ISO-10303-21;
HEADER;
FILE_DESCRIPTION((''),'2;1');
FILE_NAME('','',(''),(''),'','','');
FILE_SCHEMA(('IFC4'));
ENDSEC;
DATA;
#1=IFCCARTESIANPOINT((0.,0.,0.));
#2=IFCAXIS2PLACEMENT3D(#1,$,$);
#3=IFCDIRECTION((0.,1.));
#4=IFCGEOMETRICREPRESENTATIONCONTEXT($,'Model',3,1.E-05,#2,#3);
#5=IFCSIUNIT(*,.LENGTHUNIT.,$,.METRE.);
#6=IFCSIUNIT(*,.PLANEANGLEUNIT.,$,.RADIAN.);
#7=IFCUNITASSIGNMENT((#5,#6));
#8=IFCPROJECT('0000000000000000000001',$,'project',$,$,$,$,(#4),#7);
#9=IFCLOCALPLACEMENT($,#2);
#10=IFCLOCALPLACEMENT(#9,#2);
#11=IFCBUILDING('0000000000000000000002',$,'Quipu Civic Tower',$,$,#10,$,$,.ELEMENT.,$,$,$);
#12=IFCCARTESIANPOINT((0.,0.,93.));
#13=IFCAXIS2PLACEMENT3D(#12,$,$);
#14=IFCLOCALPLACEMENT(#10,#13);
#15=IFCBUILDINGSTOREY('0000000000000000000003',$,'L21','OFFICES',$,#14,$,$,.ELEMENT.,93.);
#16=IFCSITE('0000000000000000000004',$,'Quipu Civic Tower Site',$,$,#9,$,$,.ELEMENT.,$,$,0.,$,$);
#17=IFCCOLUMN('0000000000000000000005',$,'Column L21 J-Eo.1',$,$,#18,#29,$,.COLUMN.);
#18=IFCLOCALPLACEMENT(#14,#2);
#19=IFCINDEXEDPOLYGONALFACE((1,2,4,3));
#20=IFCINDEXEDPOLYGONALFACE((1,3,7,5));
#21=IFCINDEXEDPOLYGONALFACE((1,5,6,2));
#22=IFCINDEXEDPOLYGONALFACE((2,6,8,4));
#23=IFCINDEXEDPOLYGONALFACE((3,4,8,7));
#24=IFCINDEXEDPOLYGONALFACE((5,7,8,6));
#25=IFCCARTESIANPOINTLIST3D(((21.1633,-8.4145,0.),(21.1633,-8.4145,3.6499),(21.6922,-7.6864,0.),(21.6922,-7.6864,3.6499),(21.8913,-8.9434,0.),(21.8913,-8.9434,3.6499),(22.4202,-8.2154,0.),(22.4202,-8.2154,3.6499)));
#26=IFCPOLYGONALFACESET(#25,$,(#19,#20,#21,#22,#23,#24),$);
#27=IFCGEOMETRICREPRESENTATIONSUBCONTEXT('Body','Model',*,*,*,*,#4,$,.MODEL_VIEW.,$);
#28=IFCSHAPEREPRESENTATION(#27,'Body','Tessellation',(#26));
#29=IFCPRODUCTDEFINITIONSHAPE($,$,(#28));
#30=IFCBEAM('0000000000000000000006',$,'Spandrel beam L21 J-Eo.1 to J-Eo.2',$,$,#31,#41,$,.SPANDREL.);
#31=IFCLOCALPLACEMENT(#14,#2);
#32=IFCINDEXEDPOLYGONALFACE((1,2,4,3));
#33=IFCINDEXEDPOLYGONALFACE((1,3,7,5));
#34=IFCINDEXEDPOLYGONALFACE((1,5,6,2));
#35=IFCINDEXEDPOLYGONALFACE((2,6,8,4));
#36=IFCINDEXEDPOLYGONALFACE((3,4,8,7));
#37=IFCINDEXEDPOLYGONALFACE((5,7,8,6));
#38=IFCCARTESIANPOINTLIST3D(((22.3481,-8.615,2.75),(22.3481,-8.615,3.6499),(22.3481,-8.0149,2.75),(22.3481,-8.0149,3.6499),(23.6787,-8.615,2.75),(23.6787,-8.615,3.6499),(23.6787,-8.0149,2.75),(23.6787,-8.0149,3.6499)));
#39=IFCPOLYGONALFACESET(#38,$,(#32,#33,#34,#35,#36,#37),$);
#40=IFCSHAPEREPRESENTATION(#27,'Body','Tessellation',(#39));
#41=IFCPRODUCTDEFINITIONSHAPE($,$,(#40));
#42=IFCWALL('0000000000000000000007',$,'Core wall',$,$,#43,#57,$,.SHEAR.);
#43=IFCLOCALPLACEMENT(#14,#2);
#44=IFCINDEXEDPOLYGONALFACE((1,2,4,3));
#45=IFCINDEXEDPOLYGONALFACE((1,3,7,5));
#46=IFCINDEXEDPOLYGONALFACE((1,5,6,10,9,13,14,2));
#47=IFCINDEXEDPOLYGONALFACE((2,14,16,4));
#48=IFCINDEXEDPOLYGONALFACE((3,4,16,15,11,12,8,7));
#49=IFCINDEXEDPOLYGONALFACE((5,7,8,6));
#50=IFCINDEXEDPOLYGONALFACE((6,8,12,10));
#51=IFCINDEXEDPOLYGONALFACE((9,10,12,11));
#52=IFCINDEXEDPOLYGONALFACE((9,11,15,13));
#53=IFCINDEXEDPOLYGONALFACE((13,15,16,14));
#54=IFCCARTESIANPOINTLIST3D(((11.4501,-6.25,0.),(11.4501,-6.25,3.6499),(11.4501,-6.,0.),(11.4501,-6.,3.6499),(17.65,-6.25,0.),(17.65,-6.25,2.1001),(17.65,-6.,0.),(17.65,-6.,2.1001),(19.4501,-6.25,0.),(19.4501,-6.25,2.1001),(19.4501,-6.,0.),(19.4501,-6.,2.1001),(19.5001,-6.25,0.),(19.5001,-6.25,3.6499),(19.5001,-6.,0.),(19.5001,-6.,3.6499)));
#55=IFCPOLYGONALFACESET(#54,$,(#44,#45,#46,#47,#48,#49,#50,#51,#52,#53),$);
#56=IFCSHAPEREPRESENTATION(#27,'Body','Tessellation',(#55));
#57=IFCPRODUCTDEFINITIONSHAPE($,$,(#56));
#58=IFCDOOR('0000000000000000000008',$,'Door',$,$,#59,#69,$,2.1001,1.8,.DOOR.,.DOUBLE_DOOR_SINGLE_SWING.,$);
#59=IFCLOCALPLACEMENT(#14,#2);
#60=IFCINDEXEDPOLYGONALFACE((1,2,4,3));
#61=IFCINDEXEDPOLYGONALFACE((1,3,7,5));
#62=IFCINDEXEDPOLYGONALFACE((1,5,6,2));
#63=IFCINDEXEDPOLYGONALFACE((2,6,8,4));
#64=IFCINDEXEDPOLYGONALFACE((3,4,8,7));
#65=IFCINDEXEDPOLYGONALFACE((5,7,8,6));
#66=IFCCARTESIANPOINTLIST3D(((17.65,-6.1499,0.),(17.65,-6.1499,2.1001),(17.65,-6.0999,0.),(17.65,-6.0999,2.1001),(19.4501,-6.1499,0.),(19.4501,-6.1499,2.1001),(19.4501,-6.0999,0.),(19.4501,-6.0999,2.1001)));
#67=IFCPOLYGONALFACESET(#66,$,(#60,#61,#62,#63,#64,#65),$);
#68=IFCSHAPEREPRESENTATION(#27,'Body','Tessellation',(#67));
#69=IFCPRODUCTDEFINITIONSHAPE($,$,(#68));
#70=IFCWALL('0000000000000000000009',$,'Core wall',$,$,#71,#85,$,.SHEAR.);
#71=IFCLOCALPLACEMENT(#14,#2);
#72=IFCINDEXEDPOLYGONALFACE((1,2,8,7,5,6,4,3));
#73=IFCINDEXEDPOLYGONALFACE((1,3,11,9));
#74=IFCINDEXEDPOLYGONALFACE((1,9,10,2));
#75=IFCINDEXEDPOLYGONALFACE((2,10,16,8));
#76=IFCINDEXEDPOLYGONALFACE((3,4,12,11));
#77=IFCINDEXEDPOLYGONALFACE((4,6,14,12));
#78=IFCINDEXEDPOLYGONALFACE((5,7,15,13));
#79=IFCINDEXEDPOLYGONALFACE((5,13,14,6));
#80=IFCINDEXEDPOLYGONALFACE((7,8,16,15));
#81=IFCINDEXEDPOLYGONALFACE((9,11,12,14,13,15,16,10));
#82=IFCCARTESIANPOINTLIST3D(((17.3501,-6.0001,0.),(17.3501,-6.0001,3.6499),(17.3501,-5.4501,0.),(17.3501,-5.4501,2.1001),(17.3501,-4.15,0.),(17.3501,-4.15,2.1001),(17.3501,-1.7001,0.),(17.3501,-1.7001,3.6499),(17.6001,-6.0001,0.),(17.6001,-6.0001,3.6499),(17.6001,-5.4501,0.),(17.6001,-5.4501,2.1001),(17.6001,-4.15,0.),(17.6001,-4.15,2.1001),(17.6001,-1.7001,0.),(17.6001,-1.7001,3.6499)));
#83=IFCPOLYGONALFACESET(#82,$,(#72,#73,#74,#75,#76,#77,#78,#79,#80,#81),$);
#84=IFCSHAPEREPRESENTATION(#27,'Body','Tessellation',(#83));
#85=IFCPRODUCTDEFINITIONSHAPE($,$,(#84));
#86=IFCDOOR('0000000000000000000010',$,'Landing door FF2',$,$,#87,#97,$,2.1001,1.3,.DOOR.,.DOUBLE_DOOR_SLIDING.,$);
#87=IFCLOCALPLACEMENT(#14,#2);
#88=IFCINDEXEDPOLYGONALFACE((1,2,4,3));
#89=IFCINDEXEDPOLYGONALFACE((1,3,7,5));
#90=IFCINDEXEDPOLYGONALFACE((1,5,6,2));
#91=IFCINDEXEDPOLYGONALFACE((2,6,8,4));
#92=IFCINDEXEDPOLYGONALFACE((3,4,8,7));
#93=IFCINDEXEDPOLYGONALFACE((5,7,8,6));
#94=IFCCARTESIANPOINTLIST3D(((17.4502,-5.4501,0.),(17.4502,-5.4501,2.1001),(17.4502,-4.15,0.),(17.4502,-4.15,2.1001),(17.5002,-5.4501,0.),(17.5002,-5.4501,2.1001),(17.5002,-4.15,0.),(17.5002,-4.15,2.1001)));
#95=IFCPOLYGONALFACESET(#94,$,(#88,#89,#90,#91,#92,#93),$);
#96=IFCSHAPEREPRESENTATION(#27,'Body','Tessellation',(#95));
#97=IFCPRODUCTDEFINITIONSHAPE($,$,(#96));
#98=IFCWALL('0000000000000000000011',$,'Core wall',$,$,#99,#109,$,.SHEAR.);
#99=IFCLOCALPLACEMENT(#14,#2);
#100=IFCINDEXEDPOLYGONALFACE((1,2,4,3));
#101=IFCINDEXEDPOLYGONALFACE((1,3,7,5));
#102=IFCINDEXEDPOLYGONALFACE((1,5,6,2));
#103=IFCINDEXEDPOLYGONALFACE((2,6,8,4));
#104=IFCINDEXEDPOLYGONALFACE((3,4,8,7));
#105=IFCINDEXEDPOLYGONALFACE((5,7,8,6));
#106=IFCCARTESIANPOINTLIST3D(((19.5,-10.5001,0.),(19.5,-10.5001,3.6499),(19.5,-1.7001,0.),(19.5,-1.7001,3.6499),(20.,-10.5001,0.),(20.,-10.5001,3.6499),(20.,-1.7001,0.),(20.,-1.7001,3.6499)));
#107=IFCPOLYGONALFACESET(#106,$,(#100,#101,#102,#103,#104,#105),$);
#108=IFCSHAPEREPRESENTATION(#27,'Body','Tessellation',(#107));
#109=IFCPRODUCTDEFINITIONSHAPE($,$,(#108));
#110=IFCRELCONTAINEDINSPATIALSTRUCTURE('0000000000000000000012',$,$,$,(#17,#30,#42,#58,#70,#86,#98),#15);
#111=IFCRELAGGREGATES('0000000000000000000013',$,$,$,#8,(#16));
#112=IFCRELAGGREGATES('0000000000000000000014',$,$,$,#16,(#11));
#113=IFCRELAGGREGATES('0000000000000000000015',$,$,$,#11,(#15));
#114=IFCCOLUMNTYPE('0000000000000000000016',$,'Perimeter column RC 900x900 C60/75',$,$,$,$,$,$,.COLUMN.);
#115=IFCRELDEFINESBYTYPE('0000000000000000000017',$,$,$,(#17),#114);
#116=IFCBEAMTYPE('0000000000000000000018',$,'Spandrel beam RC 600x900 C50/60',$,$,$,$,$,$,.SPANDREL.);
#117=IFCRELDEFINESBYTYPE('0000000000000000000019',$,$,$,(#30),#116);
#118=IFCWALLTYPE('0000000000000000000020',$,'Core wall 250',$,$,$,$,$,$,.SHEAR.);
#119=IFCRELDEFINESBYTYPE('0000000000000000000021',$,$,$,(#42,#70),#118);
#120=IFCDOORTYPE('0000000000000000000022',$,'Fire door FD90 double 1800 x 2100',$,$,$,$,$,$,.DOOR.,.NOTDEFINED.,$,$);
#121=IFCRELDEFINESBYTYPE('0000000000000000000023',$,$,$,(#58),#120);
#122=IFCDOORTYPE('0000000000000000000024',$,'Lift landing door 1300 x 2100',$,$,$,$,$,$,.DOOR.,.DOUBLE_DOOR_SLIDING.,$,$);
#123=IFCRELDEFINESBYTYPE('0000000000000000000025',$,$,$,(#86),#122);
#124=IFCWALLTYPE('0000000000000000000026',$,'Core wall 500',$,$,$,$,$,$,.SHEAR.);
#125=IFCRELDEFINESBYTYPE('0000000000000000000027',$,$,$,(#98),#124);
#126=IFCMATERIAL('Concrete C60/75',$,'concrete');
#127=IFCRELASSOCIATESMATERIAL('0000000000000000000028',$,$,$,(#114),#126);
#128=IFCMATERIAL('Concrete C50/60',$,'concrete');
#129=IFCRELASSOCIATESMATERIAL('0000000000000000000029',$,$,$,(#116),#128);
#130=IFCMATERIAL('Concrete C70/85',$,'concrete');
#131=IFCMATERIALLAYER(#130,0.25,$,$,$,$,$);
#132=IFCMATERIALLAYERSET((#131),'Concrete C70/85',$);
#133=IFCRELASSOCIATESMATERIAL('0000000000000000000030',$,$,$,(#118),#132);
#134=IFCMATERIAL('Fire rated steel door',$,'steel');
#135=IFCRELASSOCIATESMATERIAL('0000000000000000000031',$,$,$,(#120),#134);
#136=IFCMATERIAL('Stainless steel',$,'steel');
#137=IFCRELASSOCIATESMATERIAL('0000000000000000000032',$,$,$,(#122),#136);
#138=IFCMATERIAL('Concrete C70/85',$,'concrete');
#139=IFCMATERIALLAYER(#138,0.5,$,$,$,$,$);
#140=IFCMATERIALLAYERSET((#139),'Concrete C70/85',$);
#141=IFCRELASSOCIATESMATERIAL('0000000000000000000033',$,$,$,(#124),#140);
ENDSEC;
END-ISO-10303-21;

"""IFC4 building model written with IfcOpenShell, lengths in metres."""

from ifc_helpers import new_model, si_unit, direction, frame, frame_2d, origin, origin_2d, place, context, subcontext, project, spatial, rectangle, extrude, material, layer, layer_set, material_profile, profile_set, type_object, element, fill, save


model = new_model("IFC4")

# Units and contexts
model_context = context("Model", 3, precision=1e-05, world=origin(), true_north=direction((0.0, 1.0)))
body_context = subcontext(model_context, "Body", "Model", "MODEL_VIEW")
ifc_project = project(units=[si_unit("LENGTHUNIT", "METRE"), si_unit("PLANEANGLEUNIT", "RADIAN")], contexts=[model_context])

# Site, building, storey
site_placement = place(None, origin())
site = spatial("IfcSite", under=ifc_project, at=site_placement, Name="Quipu Civic Tower Site", CompositionType="ELEMENT", RefElevation=0.0)
building_placement = place(site_placement, origin())
building = spatial("IfcBuilding", under=site, at=building_placement, Name="Quipu Civic Tower", CompositionType="ELEMENT")
storey_placement = place(building_placement, frame((0.0, 0.0, 93.0)))
storey = spatial("IfcBuildingStorey", under=building, at=storey_placement, Name="L21", Description="OFFICES", CompositionType="ELEMENT", Elevation=93.0)

# Column
ifc_material_1 = material(Name="Concrete C60/75", Category="concrete")
ifc_material_profile_1 = material_profile(ifc_material_1, rectangle(XDim=0.8999, YDim=0.8999, at=origin_2d()), Name="RC900x900")
ifc_profile_set_1 = profile_set([ifc_material_profile_1], Name="Concrete C60/75")
column_type = type_object("IfcColumnType", Name="Perimeter column RC 900x900 C60/75", PredefinedType="COLUMN", material=ifc_profile_set_1)
column_placement = place(storey_placement, frame((21.7917, -8.3149, 0.0), z_axis=(0.0, 0.0, 1.0), x_axis=(0.587785, 0.809017, 0.0)))
element("IfcColumn", 1, at=column_placement, inside=storey, type_object=column_type, Name="Column L21 J-Eo.1", PredefinedType="COLUMN", context=body_context, shape_type="SweptSolid", body=[
    extrude(rectangle(XDim=0.8999, YDim=0.8999, at=origin_2d()), origin(), (0.0, 0.0, 1.0), 3.6499),
])

# Beam
ifc_material_2 = material(Name="Concrete C50/60", Category="concrete")
ifc_material_profile_2 = material_profile(ifc_material_2, rectangle(XDim=0.6001, YDim=0.8999, at=origin_2d()), Name="RC600x900")
ifc_profile_set_2 = profile_set([ifc_material_profile_2], Name="Concrete C50/60")
beam_type = type_object("IfcBeamType", Name="Spandrel beam RC 600x900 C50/60", PredefinedType="SPANDREL", material=ifc_profile_set_2)
beam_placement = place(storey_placement, frame((22.3481, -8.3149, 3.2), z_axis=(1.0, 0.0, 0.0), x_axis=(0.0, 1.0, 0.0)))
element("IfcBeam", 2, at=beam_placement, inside=storey, type_object=beam_type, Name="Spandrel beam L21 J-Eo.1 to J-Eo.2", PredefinedType="SPANDREL", context=body_context, shape_type="SweptSolid", body=[
    extrude(rectangle(XDim=0.6001, YDim=0.8999, at=origin_2d()), origin(), (0.0, 0.0, 1.0), 1.3306),
])

# Walls, openings, doors
ifc_material_3 = material(Name="Concrete C70/85", Category="concrete")
ifc_layer_1 = layer(ifc_material_3, 0.25)
ifc_layer_set_1 = layer_set([ifc_layer_1], Name="Concrete C70/85")
wall_type_1 = type_object("IfcWallType", Name="Core wall 250", PredefinedType="SHEAR", material=ifc_layer_set_1)
wall_1_placement = place(storey_placement, frame((19.5, -6.125, 0.0), z_axis=(0.0, 0.0, 1.0), x_axis=(-1.0, 0.0, 0.0)))
wall_1 = element("IfcWall", 3, at=wall_1_placement, inside=storey, type_object=wall_type_1, Name="Core wall", PredefinedType="SHEAR", context=body_context, shape_type="SweptSolid", body=[
    extrude(rectangle(XDim=8.05, YDim=0.25, at=frame_2d((4.0249, 0.0))), origin(), (0.0, 0.0, 1.0), 3.6499),
])
opening_1_placement = place(wall_1_placement, frame((0.05, 0.0, 0.0)))
opening_1 = element("IfcOpeningElement", 4, at=opening_1_placement, cuts=wall_1, PredefinedType="OPENING", context=body_context, shape_type="SweptSolid", body=[
    extrude(rectangle(XDim=1.8, YDim=2.1001, at=frame_2d((0.8999, 1.05))), frame((0.0, 0.135, 0.0), z_axis=(0.0, -1.0, 0.0), x_axis=(1.0, 0.0, 0.0)), (0.0, 0.0, 1.0), 0.27),
])
ifc_material_4 = material(Name="Fire rated steel door", Category="steel")
door_type_1 = type_object("IfcDoorType", Name="Fire door FD90 double 1800 x 2100", OperationType="NOTDEFINED", PredefinedType="DOOR", material=ifc_material_4)
door_1_placement = place(opening_1_placement, origin())
door_1 = element("IfcDoor", 5, at=door_1_placement, inside=storey, type_object=door_type_1, Name="Door", OperationType="DOUBLE_DOOR_SINGLE_SWING", OverallHeight=2.1001, OverallWidth=1.8, PredefinedType="DOOR", context=body_context, shape_type="SweptSolid", body=[
    extrude(rectangle(XDim=1.8, YDim=2.1001, at=frame_2d((0.8999, 1.05))), frame((0.0, 0.0249, 0.0), z_axis=(0.0, -1.0, 0.0), x_axis=(1.0, 0.0, 0.0)), (0.0, 0.0, 1.0), 0.05),
])
fill(opening_1, door_1)
wall_2_placement = place(storey_placement, frame((17.4751, -6.0, 0.0), z_axis=(0.0, 0.0, 1.0), x_axis=(0.0, 1.0, 0.0)))
wall_2 = element("IfcWall", 6, at=wall_2_placement, inside=storey, type_object=wall_type_1, Name="Core wall", PredefinedType="SHEAR", context=body_context, shape_type="SweptSolid", body=[
    extrude(rectangle(XDim=4.3, YDim=0.25, at=frame_2d((2.1499, 0.0))), origin(), (0.0, 0.0, 1.0), 3.6499),
])
opening_2_placement = place(wall_2_placement, frame((0.55, 0.0, 0.0)))
opening_2 = element("IfcOpeningElement", 7, at=opening_2_placement, cuts=wall_2, PredefinedType="OPENING", context=body_context, shape_type="SweptSolid", body=[
    extrude(rectangle(XDim=1.3, YDim=2.1001, at=frame_2d((0.6499, 1.05))), frame((0.0, 0.135, 0.0), z_axis=(0.0, -1.0, 0.0), x_axis=(1.0, 0.0, 0.0)), (0.0, 0.0, 1.0), 0.27),
])
ifc_material_5 = material(Name="Stainless steel", Category="steel")
door_type_2 = type_object("IfcDoorType", Name="Lift landing door 1300 x 2100", OperationType="DOUBLE_DOOR_SLIDING", PredefinedType="DOOR", material=ifc_material_5)
door_2_placement = place(opening_2_placement, origin())
door_2 = element("IfcDoor", 8, at=door_2_placement, inside=storey, type_object=door_type_2, Name="Landing door FF2", OperationType="DOUBLE_DOOR_SLIDING", OverallHeight=2.1001, OverallWidth=1.3, PredefinedType="DOOR", context=body_context, shape_type="SweptSolid", body=[
    extrude(rectangle(XDim=1.3, YDim=2.1001, at=frame_2d((0.6499, 1.05))), frame((0.0, 0.0249, 0.0), z_axis=(0.0, -1.0, 0.0), x_axis=(1.0, 0.0, 0.0)), (0.0, 0.0, 1.0), 0.05),
])
fill(opening_2, door_2)

# Wall
ifc_material_6 = material(Name="Concrete C70/85", Category="concrete")
ifc_layer_2 = layer(ifc_material_6, 0.5)
ifc_layer_set_2 = layer_set([ifc_layer_2], Name="Concrete C70/85")
wall_type_2 = type_object("IfcWallType", Name="Core wall 500", PredefinedType="SHEAR", material=ifc_layer_set_2)
wall_3_placement = place(storey_placement, frame((19.75, -10.5, 0.0), z_axis=(0.0, 0.0, 1.0), x_axis=(0.0, 1.0, 0.0)))
element("IfcWall", 9, at=wall_3_placement, inside=storey, type_object=wall_type_2, Name="Core wall", PredefinedType="SHEAR", context=body_context, shape_type="SweptSolid", body=[
    extrude(rectangle(XDim=8.8, YDim=0.5, at=frame_2d((4.3999, 0.0))), origin(), (0.0, 0.0, 1.0), 3.6499),
])

save(model, "model.ifc")
